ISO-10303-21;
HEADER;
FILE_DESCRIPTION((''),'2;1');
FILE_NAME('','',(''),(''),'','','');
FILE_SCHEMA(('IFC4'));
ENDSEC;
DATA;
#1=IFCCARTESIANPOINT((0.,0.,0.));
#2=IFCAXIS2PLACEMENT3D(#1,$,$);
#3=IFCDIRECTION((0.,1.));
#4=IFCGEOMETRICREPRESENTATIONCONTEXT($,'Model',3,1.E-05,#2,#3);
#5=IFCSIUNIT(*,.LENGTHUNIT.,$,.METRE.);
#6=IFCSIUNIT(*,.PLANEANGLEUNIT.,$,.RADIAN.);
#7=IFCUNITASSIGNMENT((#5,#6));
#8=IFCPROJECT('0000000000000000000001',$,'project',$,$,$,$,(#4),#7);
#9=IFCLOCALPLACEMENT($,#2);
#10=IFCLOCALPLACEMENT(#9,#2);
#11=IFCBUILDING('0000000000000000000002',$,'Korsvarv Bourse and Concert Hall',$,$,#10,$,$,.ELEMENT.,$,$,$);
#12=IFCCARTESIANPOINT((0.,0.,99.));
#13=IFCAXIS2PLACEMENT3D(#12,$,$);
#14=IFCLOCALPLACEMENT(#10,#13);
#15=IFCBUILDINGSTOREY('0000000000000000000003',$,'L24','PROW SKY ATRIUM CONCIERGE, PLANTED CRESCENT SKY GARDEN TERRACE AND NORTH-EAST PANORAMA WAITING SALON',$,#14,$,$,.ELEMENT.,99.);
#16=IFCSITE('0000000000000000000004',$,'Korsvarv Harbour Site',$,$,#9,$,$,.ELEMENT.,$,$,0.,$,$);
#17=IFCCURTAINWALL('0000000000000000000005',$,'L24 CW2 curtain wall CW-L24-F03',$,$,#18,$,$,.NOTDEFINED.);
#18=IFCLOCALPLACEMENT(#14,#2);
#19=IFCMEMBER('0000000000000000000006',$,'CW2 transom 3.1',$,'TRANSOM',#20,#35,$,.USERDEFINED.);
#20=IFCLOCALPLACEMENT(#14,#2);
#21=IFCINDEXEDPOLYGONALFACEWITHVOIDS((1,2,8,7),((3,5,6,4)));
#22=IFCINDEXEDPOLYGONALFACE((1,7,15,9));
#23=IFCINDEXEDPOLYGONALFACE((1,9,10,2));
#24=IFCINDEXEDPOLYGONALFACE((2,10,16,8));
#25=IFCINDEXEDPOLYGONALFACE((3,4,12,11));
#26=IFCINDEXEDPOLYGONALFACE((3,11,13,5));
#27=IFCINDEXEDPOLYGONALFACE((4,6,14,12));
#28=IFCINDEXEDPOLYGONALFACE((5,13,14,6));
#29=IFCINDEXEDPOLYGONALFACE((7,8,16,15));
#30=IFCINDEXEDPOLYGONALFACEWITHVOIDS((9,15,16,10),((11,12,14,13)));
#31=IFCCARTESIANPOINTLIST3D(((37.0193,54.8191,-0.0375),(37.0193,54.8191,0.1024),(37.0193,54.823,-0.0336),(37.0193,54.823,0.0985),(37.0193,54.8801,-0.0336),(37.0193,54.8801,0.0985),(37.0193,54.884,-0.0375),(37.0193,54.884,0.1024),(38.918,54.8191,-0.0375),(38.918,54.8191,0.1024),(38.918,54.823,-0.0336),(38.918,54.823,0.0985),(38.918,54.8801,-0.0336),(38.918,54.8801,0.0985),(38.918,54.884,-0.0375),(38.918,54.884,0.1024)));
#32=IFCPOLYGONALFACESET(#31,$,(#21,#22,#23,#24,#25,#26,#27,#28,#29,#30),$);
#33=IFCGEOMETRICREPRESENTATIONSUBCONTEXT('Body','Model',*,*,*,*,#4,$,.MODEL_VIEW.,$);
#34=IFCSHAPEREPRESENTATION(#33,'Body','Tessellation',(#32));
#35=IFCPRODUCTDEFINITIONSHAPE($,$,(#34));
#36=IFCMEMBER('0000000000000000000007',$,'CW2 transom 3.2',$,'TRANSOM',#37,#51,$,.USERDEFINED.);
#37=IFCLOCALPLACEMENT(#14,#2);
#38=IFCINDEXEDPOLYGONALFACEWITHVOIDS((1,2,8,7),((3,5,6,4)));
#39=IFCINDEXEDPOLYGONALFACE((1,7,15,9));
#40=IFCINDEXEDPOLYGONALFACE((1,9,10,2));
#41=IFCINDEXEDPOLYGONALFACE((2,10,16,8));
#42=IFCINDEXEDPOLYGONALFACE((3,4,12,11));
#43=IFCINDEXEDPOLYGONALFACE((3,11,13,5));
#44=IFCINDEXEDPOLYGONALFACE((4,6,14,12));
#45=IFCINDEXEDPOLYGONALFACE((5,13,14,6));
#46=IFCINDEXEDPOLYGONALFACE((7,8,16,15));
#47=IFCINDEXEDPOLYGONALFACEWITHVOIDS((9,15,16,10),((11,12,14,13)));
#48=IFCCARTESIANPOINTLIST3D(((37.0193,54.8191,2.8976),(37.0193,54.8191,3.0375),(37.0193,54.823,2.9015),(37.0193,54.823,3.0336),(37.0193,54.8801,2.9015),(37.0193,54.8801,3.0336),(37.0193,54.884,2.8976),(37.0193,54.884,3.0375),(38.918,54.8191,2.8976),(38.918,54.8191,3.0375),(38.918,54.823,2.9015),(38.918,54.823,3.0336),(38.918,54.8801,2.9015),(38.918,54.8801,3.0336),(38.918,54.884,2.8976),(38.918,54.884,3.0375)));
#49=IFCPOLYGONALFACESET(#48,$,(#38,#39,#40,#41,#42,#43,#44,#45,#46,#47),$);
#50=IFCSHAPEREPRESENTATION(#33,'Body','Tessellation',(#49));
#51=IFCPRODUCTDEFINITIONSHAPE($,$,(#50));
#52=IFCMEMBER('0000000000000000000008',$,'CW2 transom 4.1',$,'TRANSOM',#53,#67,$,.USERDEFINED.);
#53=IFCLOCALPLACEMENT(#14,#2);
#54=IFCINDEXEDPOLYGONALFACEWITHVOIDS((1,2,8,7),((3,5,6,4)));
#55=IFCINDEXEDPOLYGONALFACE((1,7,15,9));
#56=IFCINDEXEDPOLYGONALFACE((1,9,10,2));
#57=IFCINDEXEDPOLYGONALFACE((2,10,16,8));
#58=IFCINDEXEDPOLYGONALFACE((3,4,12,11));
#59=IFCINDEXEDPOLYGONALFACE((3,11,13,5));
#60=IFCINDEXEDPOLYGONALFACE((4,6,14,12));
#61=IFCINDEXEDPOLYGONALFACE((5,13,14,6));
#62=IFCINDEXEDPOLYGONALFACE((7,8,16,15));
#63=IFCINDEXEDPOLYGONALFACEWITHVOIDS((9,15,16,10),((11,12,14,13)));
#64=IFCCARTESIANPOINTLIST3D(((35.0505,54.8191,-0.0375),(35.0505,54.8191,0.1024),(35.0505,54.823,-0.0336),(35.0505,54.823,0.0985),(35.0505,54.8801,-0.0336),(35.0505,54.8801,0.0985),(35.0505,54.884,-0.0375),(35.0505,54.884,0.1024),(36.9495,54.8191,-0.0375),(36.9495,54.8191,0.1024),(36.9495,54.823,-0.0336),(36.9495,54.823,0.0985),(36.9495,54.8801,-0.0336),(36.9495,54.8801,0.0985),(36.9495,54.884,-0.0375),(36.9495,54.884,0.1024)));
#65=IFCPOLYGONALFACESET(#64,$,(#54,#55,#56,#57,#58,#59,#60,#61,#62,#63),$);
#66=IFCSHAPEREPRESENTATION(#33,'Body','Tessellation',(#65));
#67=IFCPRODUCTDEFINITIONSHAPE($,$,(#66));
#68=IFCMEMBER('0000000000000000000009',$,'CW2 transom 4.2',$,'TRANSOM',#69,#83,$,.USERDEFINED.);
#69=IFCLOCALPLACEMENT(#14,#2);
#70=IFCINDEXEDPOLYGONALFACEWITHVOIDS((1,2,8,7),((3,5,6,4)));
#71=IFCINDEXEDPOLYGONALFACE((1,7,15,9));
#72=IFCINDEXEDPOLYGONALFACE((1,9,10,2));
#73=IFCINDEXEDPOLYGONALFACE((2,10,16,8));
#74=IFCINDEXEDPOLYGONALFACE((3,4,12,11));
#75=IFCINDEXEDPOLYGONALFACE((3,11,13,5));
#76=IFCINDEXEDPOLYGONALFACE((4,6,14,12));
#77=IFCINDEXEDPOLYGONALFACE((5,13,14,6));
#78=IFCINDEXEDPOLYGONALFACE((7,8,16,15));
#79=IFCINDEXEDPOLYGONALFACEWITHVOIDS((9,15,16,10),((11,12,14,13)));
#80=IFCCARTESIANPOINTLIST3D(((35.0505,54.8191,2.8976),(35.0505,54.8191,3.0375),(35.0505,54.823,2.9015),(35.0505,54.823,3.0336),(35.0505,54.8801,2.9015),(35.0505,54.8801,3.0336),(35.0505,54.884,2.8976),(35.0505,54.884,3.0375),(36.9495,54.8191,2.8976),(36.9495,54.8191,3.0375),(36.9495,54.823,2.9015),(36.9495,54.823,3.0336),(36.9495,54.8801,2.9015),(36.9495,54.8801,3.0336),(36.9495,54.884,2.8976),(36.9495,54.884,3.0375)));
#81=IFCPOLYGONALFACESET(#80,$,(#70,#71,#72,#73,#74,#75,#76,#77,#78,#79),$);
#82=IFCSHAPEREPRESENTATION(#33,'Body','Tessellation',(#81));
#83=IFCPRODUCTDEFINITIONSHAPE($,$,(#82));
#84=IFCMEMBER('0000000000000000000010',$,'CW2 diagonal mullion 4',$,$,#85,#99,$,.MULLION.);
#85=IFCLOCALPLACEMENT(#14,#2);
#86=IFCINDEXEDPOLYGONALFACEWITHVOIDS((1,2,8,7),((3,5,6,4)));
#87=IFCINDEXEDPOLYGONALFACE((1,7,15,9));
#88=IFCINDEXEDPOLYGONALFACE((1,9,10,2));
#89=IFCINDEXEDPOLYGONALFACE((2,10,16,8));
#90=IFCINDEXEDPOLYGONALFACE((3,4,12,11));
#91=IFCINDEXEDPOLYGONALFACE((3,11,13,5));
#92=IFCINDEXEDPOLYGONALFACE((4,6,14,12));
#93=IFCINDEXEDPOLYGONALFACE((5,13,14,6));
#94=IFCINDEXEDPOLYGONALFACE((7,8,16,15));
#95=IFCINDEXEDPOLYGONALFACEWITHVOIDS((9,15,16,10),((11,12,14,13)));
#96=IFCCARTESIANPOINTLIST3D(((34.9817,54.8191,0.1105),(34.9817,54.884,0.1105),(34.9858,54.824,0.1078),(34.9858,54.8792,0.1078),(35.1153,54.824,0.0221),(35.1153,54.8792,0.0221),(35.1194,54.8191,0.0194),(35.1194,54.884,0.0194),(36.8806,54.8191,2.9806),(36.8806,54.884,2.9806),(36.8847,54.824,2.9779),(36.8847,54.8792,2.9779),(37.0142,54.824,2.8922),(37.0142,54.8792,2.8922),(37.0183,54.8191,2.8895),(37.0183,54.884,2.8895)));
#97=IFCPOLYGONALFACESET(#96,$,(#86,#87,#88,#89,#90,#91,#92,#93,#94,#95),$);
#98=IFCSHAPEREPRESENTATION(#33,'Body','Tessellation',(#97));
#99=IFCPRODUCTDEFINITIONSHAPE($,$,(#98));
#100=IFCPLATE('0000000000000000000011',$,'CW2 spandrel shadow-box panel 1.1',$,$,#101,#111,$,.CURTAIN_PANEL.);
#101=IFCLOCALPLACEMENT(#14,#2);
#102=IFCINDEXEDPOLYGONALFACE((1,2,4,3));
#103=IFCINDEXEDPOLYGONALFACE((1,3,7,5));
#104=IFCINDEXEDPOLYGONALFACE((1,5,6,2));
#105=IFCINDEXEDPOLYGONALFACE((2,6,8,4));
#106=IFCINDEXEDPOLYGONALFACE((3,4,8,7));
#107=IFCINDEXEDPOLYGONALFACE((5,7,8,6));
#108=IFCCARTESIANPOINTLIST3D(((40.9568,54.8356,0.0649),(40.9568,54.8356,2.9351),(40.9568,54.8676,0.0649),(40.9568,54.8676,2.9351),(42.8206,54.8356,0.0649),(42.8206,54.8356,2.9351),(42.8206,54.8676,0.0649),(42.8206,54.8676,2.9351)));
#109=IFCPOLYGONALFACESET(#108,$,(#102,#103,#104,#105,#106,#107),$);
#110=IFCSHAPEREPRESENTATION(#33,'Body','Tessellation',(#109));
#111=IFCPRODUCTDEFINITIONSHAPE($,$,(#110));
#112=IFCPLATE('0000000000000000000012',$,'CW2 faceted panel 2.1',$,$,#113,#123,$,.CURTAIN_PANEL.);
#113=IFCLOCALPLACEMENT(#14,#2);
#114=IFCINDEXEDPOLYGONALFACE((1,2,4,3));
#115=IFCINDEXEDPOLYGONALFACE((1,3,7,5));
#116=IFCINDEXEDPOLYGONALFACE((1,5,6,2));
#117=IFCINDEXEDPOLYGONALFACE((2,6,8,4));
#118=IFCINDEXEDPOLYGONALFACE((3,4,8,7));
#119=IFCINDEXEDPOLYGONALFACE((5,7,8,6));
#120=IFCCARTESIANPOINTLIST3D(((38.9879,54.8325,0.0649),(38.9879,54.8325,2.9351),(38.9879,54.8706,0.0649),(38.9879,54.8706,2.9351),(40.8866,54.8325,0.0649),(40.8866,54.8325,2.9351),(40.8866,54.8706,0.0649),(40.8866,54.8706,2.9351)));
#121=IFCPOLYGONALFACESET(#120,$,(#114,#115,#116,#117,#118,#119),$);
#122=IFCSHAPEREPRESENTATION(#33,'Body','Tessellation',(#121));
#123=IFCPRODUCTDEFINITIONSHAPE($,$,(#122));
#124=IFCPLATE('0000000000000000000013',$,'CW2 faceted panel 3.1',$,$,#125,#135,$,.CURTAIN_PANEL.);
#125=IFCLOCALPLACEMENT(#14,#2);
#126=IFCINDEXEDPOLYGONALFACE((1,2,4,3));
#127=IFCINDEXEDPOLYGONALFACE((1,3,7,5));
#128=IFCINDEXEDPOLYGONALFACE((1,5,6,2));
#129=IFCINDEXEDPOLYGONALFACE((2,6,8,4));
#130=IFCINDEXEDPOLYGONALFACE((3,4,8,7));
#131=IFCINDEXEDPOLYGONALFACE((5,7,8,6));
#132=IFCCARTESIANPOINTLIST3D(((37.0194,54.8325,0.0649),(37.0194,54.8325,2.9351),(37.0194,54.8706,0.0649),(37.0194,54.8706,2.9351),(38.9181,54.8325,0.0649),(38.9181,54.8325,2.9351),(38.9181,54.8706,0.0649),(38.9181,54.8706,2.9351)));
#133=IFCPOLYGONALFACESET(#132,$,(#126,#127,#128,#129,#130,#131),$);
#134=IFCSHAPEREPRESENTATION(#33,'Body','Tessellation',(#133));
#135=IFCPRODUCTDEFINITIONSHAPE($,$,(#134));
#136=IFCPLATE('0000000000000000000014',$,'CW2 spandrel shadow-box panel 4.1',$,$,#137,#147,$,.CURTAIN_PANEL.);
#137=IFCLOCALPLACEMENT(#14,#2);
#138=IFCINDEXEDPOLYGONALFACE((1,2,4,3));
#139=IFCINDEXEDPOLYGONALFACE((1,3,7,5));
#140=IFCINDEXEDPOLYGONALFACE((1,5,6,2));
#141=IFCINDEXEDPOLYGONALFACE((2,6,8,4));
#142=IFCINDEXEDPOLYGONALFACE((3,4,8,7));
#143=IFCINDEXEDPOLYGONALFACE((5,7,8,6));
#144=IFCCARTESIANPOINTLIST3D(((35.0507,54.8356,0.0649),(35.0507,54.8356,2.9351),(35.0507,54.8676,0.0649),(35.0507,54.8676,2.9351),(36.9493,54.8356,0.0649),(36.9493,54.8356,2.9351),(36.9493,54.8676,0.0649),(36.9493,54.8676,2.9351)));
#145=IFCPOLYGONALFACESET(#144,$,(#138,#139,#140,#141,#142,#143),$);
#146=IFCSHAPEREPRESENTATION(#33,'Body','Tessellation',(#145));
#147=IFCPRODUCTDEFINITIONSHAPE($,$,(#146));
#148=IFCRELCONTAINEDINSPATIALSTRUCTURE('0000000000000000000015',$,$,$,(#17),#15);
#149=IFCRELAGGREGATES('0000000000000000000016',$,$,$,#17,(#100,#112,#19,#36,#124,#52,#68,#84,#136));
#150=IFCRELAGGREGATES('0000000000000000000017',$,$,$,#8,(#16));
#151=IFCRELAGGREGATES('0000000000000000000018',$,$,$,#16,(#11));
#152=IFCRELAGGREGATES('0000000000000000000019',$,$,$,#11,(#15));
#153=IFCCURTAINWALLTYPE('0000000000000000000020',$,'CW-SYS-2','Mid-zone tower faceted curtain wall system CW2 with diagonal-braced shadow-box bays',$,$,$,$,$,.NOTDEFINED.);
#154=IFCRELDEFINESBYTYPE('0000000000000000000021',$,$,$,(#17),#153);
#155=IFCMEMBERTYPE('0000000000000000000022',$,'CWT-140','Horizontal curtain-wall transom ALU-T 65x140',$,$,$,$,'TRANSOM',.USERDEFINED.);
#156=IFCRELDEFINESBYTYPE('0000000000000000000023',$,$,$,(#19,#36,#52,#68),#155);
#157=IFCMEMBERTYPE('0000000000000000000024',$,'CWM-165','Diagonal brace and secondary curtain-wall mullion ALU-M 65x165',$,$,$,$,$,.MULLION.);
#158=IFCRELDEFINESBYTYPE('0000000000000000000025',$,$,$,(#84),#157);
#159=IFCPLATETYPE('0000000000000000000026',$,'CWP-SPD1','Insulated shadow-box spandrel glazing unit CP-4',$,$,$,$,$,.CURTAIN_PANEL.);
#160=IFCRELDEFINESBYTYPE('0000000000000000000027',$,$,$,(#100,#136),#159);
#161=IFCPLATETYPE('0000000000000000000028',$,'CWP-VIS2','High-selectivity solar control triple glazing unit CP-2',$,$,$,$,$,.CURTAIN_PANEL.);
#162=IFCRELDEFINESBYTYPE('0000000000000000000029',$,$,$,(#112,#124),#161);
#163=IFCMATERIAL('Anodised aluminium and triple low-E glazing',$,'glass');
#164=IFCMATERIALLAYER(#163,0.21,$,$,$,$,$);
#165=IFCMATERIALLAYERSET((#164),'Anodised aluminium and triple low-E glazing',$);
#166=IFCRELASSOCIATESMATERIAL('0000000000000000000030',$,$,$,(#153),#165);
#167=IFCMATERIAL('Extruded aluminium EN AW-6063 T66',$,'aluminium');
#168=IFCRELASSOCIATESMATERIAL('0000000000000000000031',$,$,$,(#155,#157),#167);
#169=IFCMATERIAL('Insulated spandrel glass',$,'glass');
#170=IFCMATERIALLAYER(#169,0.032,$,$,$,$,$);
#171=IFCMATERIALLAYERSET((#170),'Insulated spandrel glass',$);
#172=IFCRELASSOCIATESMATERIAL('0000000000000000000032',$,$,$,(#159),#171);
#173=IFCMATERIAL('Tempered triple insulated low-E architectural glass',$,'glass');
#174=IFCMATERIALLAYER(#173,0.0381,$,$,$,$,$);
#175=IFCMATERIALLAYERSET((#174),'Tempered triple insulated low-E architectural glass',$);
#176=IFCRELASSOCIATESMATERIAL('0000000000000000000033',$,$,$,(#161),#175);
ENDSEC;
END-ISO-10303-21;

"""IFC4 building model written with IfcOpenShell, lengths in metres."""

from ifc_helpers import new_model, si_unit, direction, frame, origin, origin_2d, place, context, subcontext, project, spatial, rectangle, hollow_rectangle, extrude, source, transform, mapped, material, layer, layer_set, material_profile, profile_set, type_object, element, aggregate, save


model = new_model("IFC4")

# Units and contexts
model_context = context("Model", 3, precision=1e-05, world=origin(), true_north=direction((0.0, 1.0)))
body_context = subcontext(model_context, "Body", "Model", "MODEL_VIEW")
ifc_project = project(units=[si_unit("LENGTHUNIT", "METRE"), si_unit("PLANEANGLEUNIT", "RADIAN")], contexts=[model_context])

# Site, building, storey
site_placement = place(None, origin())
site = spatial("IfcSite", under=ifc_project, at=site_placement, Name="Korsvarv Harbour Site", CompositionType="ELEMENT", RefElevation=0.0)
building_placement = place(site_placement, origin())
building = spatial("IfcBuilding", under=site, at=building_placement, Name="Korsvarv Bourse and Concert Hall", CompositionType="ELEMENT")
storey_placement = place(building_placement, frame((0.0, 0.0, 99.0)))
storey = spatial("IfcBuildingStorey", under=building, at=storey_placement, Name="L24", Description="PROW SKY ATRIUM CONCIERGE, PLANTED CRESCENT SKY GARDEN TERRACE AND NORTH-EAST PANORAMA WAITING SALON", CompositionType="ELEMENT", Elevation=99.0)

# Curtain wall, members, plates
ifc_material_1 = material(Name="Anodised aluminium and triple low-E glazing", Category="glass")
ifc_layer_1 = layer(ifc_material_1, 0.21)
ifc_layer_set_1 = layer_set([ifc_layer_1], Name="Anodised aluminium and triple low-E glazing")
curtain_wall_type = type_object("IfcCurtainWallType", Name="CW-SYS-2", Description="Mid-zone tower faceted curtain wall system CW2 with diagonal-braced shadow-box bays", PredefinedType="NOTDEFINED", material=ifc_layer_set_1)
curtain_wall_placement = place(storey_placement, origin())
curtain_wall = element("IfcCurtainWall", 1, at=curtain_wall_placement, inside=storey, type_object=curtain_wall_type, Name="L24 CW2 curtain wall CW-L24-F03", PredefinedType="NOTDEFINED")
ifc_material_2 = material(Name="Extruded aluminium EN AW-6063 T66", Category="aluminium")
ifc_material_profile_1 = material_profile(ifc_material_2, hollow_rectangle(XDim=0.0649, YDim=0.1399, WallThickness=0.0039, at=origin_2d()), Name="ALU-T 65x140")
ifc_profile_set_1 = profile_set([ifc_material_profile_1], Name="Extruded aluminium EN AW-6063 T66")
member_type_1 = type_object("IfcMemberType", Name="CWT-140", Description="Horizontal curtain-wall transom ALU-T 65x140", ElementType="TRANSOM", PredefinedType="USERDEFINED", material=ifc_profile_set_1)
ifc_material_profile_2 = material_profile(ifc_material_2, hollow_rectangle(XDim=0.0649, YDim=0.165, WallThickness=0.0049, at=origin_2d()), Name="ALU-M 65x165")
ifc_profile_set_2 = profile_set([ifc_material_profile_2], Name="Extruded aluminium EN AW-6063 T66")
member_type_2 = type_object("IfcMemberType", Name="CWM-165", Description="Diagonal brace and secondary curtain-wall mullion ALU-M 65x165", PredefinedType="MULLION", material=ifc_profile_set_2)
shared_shape_1 = source(origin(), body_context, "Body", "SweptSolid", [
    extrude(hollow_rectangle(XDim=0.0649, YDim=0.1399, WallThickness=0.0039, at=origin_2d()), origin(), (0.0, 0.0, 1.0), 1.8987),
])
member_1_placement = place(storey_placement, frame((38.918, 54.8516, 0.0325), z_axis=(-1.0, 0.0, 0.0), x_axis=(0.0, -1.0, 0.0)))
member_1 = element("IfcMember", 2, at=member_1_placement, type_object=member_type_1, Name="CW2 transom 3.1", ObjectType="TRANSOM", PredefinedType="USERDEFINED", context=body_context, shape_type="MappedRepresentation", body=[
    mapped(shared_shape_1, transform((0.0, 0.0, 0.0), scale=1.0)),
])
member_2_placement = place(storey_placement, frame((38.918, 54.8516, 2.9675), z_axis=(-1.0, 0.0, 0.0), x_axis=(0.0, -1.0, 0.0)))
member_2 = element("IfcMember", 3, at=member_2_placement, type_object=member_type_1, Name="CW2 transom 3.2", ObjectType="TRANSOM", PredefinedType="USERDEFINED", context=body_context, shape_type="MappedRepresentation", body=[
    mapped(shared_shape_1, transform((0.0, 0.0, 0.0), scale=1.0)),
])
shared_shape_2 = source(origin(), body_context, "Body", "SweptSolid", [
    extrude(hollow_rectangle(XDim=0.0649, YDim=0.1399, WallThickness=0.0039, at=origin_2d()), origin(), (0.0, 0.0, 1.0), 1.8989),
])
member_3_placement = place(storey_placement, frame((36.9495, 54.8516, 0.0325), z_axis=(-1.0, 0.0, 0.0), x_axis=(0.0, -1.0, 0.0)))
member_3 = element("IfcMember", 4, at=member_3_placement, type_object=member_type_1, Name="CW2 transom 4.1", ObjectType="TRANSOM", PredefinedType="USERDEFINED", context=body_context, shape_type="MappedRepresentation", body=[
    mapped(shared_shape_2, transform((0.0, 0.0, 0.0), scale=1.0)),
])
member_4_placement = place(storey_placement, frame((36.9495, 54.8516, 2.9675), z_axis=(-1.0, 0.0, 0.0), x_axis=(0.0, -1.0, 0.0)))
member_4 = element("IfcMember", 5, at=member_4_placement, type_object=member_type_1, Name="CW2 transom 4.2", ObjectType="TRANSOM", PredefinedType="USERDEFINED", context=body_context, shape_type="MappedRepresentation", body=[
    mapped(shared_shape_2, transform((0.0, 0.0, 0.0), scale=1.0)),
])
shared_shape_3 = source(origin(), body_context, "Body", "SweptSolid", [
    extrude(hollow_rectangle(XDim=0.0649, YDim=0.165, WallThickness=0.0049, at=origin_2d()), origin(), (0.0, 0.0, 1.0), 3.4414),
])
member_5_placement = place(storey_placement, frame((35.0505, 54.8516, 0.0649), z_axis=(0.551783, 0.0, 0.833988), x_axis=(0.0, 1.0, 0.0)))
member_5 = element("IfcMember", 6, at=member_5_placement, type_object=member_type_2, Name="CW2 diagonal mullion 4", PredefinedType="MULLION", context=body_context, shape_type="MappedRepresentation", body=[
    mapped(shared_shape_3, transform((0.0, 0.0, 0.0), scale=1.0)),
])
ifc_material_3 = material(Name="Insulated spandrel glass", Category="glass")
ifc_layer_2 = layer(ifc_material_3, 0.032)
ifc_layer_set_2 = layer_set([ifc_layer_2], Name="Insulated spandrel glass")
plate_type_1 = type_object("IfcPlateType", Name="CWP-SPD1", Description="Insulated shadow-box spandrel glazing unit CP-4", PredefinedType="CURTAIN_PANEL", material=ifc_layer_set_2)
shared_shape_4 = source(origin(), body_context, "Body", "SweptSolid", [
    extrude(rectangle(XDim=1.8638, YDim=0.032, at=origin_2d()), origin(), (0.0, 0.0, 1.0), 2.8701),
])
plate_1_placement = place(storey_placement, frame((41.8887, 54.8516, 0.0649), z_axis=(0.0, 0.0, 1.0), x_axis=(-1.0, 0.0, 0.0)))
plate_1 = element("IfcPlate", 7, at=plate_1_placement, type_object=plate_type_1, Name="CW2 spandrel shadow-box panel 1.1", PredefinedType="CURTAIN_PANEL", context=body_context, shape_type="MappedRepresentation", body=[
    mapped(shared_shape_4, transform((0.0, 0.0, 0.0), scale=1.0)),
])
ifc_material_4 = material(Name="Tempered triple insulated low-E architectural glass", Category="glass")
ifc_layer_3 = layer(ifc_material_4, 0.0381)
ifc_layer_set_3 = layer_set([ifc_layer_3], Name="Tempered triple insulated low-E architectural glass")
plate_type_2 = type_object("IfcPlateType", Name="CWP-VIS2", Description="High-selectivity solar control triple glazing unit CP-2", PredefinedType="CURTAIN_PANEL", material=ifc_layer_set_3)
shared_shape_5 = source(origin(), body_context, "Body", "SweptSolid", [
    extrude(rectangle(XDim=1.8987, YDim=0.0381, at=origin_2d()), origin(), (0.0, 0.0, 1.0), 2.8701),
])
plate_2_placement = place(storey_placement, frame((39.9373, 54.8516, 0.0649), z_axis=(0.0, 0.0, 1.0), x_axis=(-1.0, 0.0, 0.0)))
plate_2 = element("IfcPlate", 8, at=plate_2_placement, type_object=plate_type_2, Name="CW2 faceted panel 2.1", PredefinedType="CURTAIN_PANEL", context=body_context, shape_type="MappedRepresentation", body=[
    mapped(shared_shape_5, transform((0.0, 0.0, 0.0), scale=1.0)),
])
plate_3_placement = place(storey_placement, frame((37.9688, 54.8516, 0.0649), z_axis=(0.0, 0.0, 1.0), x_axis=(-1.0, 0.0, 0.0)))
plate_3 = element("IfcPlate", 9, at=plate_3_placement, type_object=plate_type_2, Name="CW2 faceted panel 3.1", PredefinedType="CURTAIN_PANEL", context=body_context, shape_type="MappedRepresentation", body=[
    mapped(shared_shape_5, transform((0.0, 0.0, 0.0), scale=1.0)),
])
shared_shape_6 = source(origin(), body_context, "Body", "SweptSolid", [
    extrude(rectangle(XDim=1.8987, YDim=0.032, at=origin_2d()), origin(), (0.0, 0.0, 1.0), 2.8701),
])
plate_4_placement = place(storey_placement, frame((36.0, 54.8516, 0.0649), z_axis=(0.0, 0.0, 1.0), x_axis=(-1.0, 0.0, 0.0)))
plate_4 = element("IfcPlate", 10, at=plate_4_placement, type_object=plate_type_1, Name="CW2 spandrel shadow-box panel 4.1", PredefinedType="CURTAIN_PANEL", context=body_context, shape_type="MappedRepresentation", body=[
    mapped(shared_shape_6, transform((0.0, 0.0, 0.0), scale=1.0)),
])
aggregate(curtain_wall, [plate_1, plate_2, member_1, member_2, plate_3, member_3, member_4, member_5, plate_4])

save(model, "model.ifc")
